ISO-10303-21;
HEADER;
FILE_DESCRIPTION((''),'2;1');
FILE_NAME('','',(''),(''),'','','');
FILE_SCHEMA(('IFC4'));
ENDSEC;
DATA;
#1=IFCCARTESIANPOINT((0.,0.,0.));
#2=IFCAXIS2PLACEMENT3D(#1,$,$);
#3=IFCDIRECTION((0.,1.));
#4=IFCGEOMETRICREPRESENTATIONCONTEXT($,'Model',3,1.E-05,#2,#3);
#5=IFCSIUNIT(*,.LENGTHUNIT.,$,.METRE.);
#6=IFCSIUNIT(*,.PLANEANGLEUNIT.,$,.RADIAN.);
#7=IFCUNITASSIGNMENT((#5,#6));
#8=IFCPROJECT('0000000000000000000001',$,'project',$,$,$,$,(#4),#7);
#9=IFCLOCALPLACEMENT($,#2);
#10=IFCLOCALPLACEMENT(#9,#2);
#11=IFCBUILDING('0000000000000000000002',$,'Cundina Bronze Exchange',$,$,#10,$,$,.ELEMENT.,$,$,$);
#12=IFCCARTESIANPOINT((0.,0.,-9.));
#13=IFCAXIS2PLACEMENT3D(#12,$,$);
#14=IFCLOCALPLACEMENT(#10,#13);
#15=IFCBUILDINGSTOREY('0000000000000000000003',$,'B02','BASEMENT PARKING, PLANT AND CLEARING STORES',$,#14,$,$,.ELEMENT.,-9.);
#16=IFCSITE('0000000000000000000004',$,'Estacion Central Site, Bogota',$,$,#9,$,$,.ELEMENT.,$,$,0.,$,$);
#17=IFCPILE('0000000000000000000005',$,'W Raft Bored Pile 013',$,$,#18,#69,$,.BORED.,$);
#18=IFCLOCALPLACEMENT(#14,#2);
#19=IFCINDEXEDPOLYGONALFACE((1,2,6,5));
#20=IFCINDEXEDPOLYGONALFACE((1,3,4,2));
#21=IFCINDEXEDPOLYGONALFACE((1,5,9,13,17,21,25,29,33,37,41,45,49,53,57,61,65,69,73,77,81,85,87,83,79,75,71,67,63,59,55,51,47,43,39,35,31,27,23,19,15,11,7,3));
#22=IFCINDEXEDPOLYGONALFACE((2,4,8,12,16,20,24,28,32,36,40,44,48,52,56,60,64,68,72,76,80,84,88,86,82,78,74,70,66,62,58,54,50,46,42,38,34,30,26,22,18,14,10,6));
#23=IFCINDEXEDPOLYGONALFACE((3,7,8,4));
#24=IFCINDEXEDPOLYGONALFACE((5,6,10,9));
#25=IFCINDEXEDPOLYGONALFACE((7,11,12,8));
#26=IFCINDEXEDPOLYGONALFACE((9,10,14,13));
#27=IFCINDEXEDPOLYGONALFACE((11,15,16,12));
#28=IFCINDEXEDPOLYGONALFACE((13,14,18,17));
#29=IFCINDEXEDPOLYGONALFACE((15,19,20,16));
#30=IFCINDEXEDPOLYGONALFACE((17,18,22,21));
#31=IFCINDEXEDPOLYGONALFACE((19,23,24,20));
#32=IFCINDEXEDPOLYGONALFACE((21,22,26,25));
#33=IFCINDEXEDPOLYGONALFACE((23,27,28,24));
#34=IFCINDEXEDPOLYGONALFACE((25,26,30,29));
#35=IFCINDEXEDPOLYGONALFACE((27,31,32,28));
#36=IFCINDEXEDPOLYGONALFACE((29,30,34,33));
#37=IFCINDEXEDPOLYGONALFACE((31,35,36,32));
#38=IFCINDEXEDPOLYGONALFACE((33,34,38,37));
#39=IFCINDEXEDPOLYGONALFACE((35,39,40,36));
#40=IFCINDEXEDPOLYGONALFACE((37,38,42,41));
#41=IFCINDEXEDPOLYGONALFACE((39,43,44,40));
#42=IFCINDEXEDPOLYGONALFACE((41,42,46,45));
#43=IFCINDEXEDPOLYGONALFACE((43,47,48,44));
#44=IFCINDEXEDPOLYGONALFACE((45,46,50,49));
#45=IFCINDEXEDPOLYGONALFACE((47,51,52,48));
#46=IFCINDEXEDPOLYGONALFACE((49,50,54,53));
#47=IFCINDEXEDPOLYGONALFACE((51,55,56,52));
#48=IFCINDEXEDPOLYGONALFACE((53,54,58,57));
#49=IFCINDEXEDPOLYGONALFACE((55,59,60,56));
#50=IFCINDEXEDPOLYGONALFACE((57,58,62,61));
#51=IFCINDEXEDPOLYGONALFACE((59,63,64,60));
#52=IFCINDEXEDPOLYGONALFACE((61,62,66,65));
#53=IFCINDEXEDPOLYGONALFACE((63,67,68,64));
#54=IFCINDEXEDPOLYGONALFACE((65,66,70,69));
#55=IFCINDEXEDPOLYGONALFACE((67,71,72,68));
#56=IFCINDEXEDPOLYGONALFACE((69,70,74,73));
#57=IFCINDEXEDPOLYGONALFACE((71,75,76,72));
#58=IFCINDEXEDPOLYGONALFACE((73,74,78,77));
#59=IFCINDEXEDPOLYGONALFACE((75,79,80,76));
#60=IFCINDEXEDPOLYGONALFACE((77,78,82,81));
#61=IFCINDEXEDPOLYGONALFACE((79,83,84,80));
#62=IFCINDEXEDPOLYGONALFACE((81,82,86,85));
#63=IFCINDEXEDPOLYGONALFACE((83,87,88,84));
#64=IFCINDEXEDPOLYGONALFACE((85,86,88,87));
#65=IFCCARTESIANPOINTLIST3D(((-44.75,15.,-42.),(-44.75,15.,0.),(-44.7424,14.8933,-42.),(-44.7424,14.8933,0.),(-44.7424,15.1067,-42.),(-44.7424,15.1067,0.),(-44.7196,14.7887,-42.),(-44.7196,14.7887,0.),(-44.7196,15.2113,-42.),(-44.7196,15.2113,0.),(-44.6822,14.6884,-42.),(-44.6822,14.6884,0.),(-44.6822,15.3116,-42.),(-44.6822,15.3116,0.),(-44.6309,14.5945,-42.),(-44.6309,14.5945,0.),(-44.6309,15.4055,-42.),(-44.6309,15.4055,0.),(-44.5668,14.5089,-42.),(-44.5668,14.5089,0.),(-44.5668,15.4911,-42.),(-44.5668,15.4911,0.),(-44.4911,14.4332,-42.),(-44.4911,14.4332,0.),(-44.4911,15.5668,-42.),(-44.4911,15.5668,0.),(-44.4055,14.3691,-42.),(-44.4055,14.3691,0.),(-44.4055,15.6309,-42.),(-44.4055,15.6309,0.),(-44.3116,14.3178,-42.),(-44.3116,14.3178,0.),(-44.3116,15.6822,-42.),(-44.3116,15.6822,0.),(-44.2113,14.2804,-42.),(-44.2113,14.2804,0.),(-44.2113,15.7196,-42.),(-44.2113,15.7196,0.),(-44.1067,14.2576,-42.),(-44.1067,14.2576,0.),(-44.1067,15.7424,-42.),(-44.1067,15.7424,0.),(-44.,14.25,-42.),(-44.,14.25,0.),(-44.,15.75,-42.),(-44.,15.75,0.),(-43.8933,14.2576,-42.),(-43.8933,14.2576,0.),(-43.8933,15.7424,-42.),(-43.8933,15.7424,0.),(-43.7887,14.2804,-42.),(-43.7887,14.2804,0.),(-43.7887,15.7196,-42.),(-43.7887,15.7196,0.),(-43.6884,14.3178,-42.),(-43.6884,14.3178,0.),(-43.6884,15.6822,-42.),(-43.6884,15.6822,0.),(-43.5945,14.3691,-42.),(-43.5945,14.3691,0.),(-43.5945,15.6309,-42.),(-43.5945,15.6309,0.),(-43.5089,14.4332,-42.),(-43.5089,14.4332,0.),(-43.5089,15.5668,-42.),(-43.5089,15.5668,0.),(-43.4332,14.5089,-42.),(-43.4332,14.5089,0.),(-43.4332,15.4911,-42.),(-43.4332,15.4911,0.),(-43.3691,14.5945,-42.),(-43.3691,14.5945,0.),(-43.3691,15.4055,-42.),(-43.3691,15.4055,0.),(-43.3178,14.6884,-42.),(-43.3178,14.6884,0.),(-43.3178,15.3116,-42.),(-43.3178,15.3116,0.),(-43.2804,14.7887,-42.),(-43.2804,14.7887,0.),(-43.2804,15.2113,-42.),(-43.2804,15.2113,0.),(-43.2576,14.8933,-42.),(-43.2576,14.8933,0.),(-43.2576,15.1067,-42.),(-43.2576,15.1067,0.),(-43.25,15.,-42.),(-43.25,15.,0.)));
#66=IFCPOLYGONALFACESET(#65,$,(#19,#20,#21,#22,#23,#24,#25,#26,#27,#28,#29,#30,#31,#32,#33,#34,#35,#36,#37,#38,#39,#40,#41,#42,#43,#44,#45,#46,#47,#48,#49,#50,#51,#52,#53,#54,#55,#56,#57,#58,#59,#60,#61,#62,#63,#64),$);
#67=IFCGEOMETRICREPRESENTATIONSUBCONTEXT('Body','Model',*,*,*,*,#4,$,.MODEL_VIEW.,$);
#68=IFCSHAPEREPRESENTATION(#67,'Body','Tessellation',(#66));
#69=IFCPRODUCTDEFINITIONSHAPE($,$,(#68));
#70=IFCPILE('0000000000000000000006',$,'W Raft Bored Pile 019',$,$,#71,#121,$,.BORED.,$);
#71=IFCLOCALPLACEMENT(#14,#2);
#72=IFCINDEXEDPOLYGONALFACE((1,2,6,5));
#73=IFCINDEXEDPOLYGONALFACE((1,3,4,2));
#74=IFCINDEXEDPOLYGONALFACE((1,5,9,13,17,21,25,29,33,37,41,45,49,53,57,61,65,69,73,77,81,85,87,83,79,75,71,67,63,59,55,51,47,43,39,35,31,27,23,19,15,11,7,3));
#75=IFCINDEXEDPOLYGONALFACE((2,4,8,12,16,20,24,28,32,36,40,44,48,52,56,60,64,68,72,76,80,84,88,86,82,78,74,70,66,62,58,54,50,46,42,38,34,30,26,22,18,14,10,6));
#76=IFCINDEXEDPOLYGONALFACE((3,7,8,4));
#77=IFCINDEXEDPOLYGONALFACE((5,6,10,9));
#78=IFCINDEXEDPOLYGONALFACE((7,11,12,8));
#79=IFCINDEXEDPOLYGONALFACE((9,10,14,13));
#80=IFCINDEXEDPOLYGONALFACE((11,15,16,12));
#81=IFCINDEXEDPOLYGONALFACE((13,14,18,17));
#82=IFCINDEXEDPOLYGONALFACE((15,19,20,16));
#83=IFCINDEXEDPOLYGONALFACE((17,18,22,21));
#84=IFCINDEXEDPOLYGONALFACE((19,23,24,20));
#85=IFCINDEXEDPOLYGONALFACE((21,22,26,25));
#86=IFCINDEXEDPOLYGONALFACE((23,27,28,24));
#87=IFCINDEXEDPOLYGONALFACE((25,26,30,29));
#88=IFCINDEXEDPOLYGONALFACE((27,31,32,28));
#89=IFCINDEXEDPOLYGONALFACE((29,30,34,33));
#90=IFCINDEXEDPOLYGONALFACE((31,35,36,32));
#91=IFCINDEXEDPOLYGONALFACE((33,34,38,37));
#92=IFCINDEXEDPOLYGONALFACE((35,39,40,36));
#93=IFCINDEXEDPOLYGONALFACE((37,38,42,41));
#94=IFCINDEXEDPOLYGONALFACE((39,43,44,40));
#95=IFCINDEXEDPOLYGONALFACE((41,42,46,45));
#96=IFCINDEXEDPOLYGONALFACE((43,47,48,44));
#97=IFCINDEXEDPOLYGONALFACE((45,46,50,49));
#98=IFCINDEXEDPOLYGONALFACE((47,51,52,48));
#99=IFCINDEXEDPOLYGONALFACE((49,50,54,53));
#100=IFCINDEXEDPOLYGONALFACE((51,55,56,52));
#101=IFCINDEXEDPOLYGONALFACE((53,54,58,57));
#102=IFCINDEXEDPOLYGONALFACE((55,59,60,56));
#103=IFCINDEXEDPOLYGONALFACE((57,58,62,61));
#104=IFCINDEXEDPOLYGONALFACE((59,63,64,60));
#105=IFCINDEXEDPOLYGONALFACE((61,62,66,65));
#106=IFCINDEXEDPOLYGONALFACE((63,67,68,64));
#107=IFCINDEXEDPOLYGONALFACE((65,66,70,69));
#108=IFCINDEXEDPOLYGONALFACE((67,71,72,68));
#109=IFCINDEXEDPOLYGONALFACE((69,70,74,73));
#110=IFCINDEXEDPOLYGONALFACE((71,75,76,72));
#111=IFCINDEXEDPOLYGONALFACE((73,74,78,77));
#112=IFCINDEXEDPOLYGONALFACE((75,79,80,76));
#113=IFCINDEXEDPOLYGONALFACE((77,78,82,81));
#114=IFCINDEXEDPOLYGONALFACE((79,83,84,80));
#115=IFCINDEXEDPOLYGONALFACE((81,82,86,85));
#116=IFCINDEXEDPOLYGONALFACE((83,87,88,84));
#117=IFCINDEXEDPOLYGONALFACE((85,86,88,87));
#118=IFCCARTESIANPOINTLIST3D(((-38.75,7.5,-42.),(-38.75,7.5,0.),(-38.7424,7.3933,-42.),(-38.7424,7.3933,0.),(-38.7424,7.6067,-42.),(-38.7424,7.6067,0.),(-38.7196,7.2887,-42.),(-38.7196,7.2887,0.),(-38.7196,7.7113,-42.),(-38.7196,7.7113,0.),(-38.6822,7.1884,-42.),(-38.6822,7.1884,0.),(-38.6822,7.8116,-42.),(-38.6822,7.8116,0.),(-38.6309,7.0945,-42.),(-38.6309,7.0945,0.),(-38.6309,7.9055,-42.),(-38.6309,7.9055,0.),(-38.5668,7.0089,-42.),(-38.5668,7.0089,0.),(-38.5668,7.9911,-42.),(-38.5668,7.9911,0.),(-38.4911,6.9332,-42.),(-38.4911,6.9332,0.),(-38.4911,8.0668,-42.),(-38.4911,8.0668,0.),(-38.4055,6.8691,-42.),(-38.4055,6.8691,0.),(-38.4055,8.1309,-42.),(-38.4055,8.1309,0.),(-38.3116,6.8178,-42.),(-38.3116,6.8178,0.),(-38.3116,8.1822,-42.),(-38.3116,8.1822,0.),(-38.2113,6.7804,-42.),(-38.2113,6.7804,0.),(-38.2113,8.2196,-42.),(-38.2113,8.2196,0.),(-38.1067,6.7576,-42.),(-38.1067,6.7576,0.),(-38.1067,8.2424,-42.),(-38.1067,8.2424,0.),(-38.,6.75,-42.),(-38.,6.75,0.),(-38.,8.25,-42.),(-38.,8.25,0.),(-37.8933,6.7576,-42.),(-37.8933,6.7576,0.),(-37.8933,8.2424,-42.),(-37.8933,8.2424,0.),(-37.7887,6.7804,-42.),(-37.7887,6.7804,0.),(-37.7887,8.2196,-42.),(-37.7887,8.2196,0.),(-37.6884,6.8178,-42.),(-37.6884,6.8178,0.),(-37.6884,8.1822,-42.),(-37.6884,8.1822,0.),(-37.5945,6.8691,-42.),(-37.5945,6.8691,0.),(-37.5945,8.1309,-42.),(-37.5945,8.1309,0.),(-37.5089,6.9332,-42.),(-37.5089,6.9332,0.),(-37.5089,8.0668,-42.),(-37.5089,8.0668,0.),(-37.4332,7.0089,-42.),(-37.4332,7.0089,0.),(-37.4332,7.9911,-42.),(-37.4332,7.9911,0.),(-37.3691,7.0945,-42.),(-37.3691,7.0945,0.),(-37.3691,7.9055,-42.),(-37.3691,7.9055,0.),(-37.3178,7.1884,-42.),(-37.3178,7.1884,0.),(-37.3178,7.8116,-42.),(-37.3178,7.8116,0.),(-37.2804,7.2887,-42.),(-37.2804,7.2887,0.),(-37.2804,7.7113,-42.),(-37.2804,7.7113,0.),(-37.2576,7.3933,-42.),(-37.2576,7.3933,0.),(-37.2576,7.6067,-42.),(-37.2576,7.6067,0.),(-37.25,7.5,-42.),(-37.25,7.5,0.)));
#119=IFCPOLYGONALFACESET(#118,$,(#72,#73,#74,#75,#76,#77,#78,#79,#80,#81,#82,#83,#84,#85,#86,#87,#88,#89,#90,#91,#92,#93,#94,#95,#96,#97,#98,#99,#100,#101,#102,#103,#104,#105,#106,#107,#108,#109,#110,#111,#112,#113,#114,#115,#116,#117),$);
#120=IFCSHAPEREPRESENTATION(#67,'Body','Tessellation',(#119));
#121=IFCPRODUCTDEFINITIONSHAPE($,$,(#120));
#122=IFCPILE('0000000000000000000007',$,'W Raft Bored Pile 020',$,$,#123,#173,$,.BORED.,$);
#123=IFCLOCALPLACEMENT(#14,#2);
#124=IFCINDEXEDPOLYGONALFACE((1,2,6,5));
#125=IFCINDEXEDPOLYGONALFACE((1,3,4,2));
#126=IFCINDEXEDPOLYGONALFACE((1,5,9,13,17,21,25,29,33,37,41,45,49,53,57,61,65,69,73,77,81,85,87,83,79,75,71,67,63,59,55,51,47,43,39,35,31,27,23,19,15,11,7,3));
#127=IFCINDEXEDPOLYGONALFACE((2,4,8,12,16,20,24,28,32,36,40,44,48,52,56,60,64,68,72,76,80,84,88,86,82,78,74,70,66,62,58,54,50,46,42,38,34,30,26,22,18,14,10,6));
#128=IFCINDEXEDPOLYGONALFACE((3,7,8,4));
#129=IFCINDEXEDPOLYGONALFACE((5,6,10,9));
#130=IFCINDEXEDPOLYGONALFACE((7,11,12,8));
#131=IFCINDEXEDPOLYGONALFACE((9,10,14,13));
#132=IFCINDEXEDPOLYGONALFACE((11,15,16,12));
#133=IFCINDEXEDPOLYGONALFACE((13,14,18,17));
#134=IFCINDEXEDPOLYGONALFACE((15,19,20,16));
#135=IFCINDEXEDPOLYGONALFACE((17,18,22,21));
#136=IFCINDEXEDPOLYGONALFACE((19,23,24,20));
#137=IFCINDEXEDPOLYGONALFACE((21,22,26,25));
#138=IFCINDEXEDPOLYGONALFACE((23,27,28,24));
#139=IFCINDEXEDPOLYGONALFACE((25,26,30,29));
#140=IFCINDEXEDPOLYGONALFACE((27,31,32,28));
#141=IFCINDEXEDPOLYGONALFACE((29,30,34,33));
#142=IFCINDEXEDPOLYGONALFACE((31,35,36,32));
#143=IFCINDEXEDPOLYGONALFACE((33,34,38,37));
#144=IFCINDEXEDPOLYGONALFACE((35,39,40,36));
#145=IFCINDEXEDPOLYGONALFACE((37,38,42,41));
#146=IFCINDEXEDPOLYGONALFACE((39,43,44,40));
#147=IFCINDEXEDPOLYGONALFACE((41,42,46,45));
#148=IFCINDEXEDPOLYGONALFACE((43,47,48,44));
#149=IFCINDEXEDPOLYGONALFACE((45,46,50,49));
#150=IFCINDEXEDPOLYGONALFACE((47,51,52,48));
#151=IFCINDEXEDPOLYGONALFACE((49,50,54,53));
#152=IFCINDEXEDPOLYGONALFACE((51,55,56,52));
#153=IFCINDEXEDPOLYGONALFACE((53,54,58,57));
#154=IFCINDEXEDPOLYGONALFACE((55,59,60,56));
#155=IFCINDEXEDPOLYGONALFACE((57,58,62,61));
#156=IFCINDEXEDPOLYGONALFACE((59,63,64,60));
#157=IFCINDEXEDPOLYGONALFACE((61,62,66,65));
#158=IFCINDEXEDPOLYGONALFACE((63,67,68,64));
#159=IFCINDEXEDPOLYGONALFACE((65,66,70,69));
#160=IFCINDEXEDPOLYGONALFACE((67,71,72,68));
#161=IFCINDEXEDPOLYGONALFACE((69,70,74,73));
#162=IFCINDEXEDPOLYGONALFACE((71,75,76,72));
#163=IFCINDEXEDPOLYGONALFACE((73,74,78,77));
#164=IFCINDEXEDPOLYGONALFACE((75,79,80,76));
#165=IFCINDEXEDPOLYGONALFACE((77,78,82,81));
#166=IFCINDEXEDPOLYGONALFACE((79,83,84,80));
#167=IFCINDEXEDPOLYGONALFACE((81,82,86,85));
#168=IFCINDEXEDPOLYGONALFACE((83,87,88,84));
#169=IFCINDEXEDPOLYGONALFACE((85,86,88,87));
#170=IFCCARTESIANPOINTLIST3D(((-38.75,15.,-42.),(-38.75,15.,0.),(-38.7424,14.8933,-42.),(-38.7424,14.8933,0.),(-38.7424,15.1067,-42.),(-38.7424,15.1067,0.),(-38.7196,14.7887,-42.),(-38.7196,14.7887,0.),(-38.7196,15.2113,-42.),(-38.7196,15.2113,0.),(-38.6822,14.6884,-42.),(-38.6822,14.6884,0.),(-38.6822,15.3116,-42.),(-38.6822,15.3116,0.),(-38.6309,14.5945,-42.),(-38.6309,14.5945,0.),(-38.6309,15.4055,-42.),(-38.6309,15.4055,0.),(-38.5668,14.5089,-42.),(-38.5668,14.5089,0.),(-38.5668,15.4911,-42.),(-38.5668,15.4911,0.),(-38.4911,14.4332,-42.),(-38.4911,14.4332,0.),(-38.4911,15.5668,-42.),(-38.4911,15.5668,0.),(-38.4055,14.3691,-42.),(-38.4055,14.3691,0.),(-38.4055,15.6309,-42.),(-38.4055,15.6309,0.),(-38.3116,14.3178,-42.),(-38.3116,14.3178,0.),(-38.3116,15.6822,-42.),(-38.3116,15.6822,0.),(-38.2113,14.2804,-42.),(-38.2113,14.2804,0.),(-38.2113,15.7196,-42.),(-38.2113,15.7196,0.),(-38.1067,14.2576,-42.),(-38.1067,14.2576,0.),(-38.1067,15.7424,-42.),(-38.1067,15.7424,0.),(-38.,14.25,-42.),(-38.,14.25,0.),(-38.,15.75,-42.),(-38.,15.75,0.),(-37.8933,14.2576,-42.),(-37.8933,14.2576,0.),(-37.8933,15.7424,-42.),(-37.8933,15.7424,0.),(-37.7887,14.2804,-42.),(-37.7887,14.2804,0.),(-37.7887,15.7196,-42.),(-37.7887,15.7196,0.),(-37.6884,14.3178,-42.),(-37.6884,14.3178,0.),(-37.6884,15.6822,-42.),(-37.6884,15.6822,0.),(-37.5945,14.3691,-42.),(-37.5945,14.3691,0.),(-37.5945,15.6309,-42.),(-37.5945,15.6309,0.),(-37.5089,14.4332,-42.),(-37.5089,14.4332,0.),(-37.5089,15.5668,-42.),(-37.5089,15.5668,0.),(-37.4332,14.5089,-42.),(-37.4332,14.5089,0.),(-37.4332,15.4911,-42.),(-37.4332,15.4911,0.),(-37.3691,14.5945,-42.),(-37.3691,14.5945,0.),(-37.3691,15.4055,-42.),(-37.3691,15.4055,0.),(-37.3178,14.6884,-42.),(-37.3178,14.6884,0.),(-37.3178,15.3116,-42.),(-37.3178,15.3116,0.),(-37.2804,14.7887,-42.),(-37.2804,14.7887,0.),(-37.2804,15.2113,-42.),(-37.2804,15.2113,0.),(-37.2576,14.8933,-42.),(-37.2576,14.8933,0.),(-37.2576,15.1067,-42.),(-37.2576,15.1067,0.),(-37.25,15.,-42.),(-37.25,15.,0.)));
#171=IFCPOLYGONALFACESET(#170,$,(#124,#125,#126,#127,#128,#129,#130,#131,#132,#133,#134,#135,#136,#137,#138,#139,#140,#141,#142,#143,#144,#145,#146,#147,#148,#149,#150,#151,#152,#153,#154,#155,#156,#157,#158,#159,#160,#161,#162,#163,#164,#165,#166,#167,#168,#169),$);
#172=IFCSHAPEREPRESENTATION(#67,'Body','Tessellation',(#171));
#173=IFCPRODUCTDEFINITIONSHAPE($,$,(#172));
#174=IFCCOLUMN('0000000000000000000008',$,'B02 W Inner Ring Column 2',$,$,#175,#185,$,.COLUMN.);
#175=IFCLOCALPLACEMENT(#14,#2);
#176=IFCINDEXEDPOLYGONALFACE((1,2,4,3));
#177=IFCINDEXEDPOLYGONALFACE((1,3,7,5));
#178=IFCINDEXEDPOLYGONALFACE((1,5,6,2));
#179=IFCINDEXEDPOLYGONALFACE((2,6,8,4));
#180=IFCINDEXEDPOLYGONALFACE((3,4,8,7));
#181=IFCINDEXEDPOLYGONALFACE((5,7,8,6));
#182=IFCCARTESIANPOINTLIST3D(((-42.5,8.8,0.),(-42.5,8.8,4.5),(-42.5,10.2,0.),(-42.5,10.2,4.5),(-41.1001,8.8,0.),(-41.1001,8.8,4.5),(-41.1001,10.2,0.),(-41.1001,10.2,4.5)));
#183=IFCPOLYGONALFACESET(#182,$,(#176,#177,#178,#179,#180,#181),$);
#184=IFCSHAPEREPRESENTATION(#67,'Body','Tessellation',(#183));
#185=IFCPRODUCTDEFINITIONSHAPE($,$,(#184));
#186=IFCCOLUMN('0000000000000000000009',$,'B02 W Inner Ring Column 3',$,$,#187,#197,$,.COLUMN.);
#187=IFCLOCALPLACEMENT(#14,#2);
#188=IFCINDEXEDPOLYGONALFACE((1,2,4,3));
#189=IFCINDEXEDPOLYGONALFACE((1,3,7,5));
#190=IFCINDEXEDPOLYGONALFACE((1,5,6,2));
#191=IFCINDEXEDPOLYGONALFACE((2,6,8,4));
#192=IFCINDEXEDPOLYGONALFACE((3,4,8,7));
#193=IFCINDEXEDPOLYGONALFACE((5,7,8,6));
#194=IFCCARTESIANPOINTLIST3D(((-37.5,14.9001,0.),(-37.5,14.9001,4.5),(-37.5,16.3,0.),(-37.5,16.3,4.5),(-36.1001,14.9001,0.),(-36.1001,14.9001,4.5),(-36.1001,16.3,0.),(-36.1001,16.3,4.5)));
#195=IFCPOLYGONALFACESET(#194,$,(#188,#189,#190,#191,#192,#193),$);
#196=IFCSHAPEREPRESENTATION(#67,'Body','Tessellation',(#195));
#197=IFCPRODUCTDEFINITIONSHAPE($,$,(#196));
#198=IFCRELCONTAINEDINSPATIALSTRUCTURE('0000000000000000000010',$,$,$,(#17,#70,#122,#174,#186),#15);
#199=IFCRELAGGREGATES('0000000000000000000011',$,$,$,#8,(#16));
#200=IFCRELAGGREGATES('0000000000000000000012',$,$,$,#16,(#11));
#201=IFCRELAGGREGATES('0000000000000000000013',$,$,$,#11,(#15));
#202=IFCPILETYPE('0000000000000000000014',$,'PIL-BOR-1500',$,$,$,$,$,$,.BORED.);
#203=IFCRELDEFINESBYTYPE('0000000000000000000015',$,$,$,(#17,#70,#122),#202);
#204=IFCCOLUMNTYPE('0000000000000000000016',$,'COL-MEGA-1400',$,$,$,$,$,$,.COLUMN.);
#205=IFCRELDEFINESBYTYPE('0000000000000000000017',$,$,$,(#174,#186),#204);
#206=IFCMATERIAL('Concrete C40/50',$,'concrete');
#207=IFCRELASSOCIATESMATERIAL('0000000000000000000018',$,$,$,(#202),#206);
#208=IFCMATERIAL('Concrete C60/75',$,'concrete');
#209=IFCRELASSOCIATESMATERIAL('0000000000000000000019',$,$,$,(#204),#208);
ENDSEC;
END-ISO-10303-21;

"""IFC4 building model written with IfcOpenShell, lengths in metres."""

from ifc_helpers import new_model, si_unit, direction, frame, origin, origin_2d, place, context, subcontext, project, spatial, rectangle, circle, extrude, material, material_profile, profile_set, type_object, element, save


model = new_model("IFC4")

# Units and contexts
model_context = context("Model", 3, precision=1e-05, world=origin(), true_north=direction((0.0, 1.0)))
body_context = subcontext(model_context, "Body", "Model", "MODEL_VIEW")
ifc_project = project(units=[si_unit("LENGTHUNIT", "METRE"), si_unit("PLANEANGLEUNIT", "RADIAN")], contexts=[model_context])

# Site, building, storey
site_placement = place(None, origin())
site = spatial("IfcSite", under=ifc_project, at=site_placement, Name="Estacion Central Site, Bogota", CompositionType="ELEMENT", RefElevation=0.0)
building_placement = place(site_placement, origin())
building = spatial("IfcBuilding", under=site, at=building_placement, Name="Cundina Bronze Exchange", CompositionType="ELEMENT")
storey_placement = place(building_placement, frame((0.0, 0.0, -9.0)))
storey = spatial("IfcBuildingStorey", under=building, at=storey_placement, Name="B02", Description="BASEMENT PARKING, PLANT AND CLEARING STORES", CompositionType="ELEMENT", Elevation=-9.0)

# Shared definitions
ifc_material_1 = material(Name="Concrete C40/50", Category="concrete")

# Piles
ifc_material_profile_1 = material_profile(ifc_material_1, circle(Radius=0.75, at=origin_2d()), Name="PILE1500D", Category="concrete")
ifc_profile_set_1 = profile_set([ifc_material_profile_1], Name="Concrete C40/50")
pile_type_1 = type_object("IfcPileType", Name="PIL-BOR-1500", PredefinedType="BORED", material=ifc_profile_set_1)
for number, where, z_axis, x_axis, name in (
    (1, (-44.0, 15.0, 0.0), (0.0, 0.0, -1.0), (1.0, 0.0, 0.0), "W Raft Bored Pile 013"),
    (2, (-38.0, 7.5, 0.0), (0.0, 0.0, -1.0), (1.0, 0.0, 0.0), "W Raft Bored Pile 019"),
    (3, (-38.0, 15.0, 0.0), (0.0, 0.0, -1.0), (1.0, 0.0, 0.0), "W Raft Bored Pile 020"),
):
    element("IfcPile", number, at=place(storey_placement, frame(where, z_axis=z_axis, x_axis=x_axis)), inside=storey, type_object=pile_type_1, Name=name, PredefinedType="BORED", context=body_context, shape_type="SweptSolid", body=[
        extrude(circle(Radius=0.75, at=origin_2d()), origin(), (0.0, 0.0, 1.0), 42.0),
    ])

# Columns
ifc_material_2 = material(Name="Concrete C60/75", Category="concrete")
ifc_material_profile_2 = material_profile(ifc_material_2, rectangle(XDim=1.3999, YDim=1.3999, at=origin_2d()), Name="RC1400X1400", Category="concrete")
ifc_profile_set_2 = profile_set([ifc_material_profile_2], Name="Concrete C60/75")
column_type_1 = type_object("IfcColumnType", Name="COL-MEGA-1400", PredefinedType="COLUMN", material=ifc_profile_set_2)
for number, where, z_axis, x_axis, name in (
    (4, (-41.8, 9.5, 0.0), (0.0, 0.0, 1.0), (1.0, 0.0, 0.0), "B02 W Inner Ring Column 2"),
    (5, (-36.8, 15.6001, 0.0), (0.0, 0.0, 1.0), (1.0, 0.0, 0.0), "B02 W Inner Ring Column 3"),
):
    element("IfcColumn", number, at=place(storey_placement, frame(where, z_axis=z_axis, x_axis=x_axis)), inside=storey, type_object=column_type_1, Name=name, PredefinedType="COLUMN", context=body_context, shape_type="SweptSolid", body=[
        extrude(rectangle(XDim=1.3999, YDim=1.3999, at=origin_2d()), origin(), (0.0, 0.0, 1.0), 4.5),
    ])

save(model, "model.ifc")
